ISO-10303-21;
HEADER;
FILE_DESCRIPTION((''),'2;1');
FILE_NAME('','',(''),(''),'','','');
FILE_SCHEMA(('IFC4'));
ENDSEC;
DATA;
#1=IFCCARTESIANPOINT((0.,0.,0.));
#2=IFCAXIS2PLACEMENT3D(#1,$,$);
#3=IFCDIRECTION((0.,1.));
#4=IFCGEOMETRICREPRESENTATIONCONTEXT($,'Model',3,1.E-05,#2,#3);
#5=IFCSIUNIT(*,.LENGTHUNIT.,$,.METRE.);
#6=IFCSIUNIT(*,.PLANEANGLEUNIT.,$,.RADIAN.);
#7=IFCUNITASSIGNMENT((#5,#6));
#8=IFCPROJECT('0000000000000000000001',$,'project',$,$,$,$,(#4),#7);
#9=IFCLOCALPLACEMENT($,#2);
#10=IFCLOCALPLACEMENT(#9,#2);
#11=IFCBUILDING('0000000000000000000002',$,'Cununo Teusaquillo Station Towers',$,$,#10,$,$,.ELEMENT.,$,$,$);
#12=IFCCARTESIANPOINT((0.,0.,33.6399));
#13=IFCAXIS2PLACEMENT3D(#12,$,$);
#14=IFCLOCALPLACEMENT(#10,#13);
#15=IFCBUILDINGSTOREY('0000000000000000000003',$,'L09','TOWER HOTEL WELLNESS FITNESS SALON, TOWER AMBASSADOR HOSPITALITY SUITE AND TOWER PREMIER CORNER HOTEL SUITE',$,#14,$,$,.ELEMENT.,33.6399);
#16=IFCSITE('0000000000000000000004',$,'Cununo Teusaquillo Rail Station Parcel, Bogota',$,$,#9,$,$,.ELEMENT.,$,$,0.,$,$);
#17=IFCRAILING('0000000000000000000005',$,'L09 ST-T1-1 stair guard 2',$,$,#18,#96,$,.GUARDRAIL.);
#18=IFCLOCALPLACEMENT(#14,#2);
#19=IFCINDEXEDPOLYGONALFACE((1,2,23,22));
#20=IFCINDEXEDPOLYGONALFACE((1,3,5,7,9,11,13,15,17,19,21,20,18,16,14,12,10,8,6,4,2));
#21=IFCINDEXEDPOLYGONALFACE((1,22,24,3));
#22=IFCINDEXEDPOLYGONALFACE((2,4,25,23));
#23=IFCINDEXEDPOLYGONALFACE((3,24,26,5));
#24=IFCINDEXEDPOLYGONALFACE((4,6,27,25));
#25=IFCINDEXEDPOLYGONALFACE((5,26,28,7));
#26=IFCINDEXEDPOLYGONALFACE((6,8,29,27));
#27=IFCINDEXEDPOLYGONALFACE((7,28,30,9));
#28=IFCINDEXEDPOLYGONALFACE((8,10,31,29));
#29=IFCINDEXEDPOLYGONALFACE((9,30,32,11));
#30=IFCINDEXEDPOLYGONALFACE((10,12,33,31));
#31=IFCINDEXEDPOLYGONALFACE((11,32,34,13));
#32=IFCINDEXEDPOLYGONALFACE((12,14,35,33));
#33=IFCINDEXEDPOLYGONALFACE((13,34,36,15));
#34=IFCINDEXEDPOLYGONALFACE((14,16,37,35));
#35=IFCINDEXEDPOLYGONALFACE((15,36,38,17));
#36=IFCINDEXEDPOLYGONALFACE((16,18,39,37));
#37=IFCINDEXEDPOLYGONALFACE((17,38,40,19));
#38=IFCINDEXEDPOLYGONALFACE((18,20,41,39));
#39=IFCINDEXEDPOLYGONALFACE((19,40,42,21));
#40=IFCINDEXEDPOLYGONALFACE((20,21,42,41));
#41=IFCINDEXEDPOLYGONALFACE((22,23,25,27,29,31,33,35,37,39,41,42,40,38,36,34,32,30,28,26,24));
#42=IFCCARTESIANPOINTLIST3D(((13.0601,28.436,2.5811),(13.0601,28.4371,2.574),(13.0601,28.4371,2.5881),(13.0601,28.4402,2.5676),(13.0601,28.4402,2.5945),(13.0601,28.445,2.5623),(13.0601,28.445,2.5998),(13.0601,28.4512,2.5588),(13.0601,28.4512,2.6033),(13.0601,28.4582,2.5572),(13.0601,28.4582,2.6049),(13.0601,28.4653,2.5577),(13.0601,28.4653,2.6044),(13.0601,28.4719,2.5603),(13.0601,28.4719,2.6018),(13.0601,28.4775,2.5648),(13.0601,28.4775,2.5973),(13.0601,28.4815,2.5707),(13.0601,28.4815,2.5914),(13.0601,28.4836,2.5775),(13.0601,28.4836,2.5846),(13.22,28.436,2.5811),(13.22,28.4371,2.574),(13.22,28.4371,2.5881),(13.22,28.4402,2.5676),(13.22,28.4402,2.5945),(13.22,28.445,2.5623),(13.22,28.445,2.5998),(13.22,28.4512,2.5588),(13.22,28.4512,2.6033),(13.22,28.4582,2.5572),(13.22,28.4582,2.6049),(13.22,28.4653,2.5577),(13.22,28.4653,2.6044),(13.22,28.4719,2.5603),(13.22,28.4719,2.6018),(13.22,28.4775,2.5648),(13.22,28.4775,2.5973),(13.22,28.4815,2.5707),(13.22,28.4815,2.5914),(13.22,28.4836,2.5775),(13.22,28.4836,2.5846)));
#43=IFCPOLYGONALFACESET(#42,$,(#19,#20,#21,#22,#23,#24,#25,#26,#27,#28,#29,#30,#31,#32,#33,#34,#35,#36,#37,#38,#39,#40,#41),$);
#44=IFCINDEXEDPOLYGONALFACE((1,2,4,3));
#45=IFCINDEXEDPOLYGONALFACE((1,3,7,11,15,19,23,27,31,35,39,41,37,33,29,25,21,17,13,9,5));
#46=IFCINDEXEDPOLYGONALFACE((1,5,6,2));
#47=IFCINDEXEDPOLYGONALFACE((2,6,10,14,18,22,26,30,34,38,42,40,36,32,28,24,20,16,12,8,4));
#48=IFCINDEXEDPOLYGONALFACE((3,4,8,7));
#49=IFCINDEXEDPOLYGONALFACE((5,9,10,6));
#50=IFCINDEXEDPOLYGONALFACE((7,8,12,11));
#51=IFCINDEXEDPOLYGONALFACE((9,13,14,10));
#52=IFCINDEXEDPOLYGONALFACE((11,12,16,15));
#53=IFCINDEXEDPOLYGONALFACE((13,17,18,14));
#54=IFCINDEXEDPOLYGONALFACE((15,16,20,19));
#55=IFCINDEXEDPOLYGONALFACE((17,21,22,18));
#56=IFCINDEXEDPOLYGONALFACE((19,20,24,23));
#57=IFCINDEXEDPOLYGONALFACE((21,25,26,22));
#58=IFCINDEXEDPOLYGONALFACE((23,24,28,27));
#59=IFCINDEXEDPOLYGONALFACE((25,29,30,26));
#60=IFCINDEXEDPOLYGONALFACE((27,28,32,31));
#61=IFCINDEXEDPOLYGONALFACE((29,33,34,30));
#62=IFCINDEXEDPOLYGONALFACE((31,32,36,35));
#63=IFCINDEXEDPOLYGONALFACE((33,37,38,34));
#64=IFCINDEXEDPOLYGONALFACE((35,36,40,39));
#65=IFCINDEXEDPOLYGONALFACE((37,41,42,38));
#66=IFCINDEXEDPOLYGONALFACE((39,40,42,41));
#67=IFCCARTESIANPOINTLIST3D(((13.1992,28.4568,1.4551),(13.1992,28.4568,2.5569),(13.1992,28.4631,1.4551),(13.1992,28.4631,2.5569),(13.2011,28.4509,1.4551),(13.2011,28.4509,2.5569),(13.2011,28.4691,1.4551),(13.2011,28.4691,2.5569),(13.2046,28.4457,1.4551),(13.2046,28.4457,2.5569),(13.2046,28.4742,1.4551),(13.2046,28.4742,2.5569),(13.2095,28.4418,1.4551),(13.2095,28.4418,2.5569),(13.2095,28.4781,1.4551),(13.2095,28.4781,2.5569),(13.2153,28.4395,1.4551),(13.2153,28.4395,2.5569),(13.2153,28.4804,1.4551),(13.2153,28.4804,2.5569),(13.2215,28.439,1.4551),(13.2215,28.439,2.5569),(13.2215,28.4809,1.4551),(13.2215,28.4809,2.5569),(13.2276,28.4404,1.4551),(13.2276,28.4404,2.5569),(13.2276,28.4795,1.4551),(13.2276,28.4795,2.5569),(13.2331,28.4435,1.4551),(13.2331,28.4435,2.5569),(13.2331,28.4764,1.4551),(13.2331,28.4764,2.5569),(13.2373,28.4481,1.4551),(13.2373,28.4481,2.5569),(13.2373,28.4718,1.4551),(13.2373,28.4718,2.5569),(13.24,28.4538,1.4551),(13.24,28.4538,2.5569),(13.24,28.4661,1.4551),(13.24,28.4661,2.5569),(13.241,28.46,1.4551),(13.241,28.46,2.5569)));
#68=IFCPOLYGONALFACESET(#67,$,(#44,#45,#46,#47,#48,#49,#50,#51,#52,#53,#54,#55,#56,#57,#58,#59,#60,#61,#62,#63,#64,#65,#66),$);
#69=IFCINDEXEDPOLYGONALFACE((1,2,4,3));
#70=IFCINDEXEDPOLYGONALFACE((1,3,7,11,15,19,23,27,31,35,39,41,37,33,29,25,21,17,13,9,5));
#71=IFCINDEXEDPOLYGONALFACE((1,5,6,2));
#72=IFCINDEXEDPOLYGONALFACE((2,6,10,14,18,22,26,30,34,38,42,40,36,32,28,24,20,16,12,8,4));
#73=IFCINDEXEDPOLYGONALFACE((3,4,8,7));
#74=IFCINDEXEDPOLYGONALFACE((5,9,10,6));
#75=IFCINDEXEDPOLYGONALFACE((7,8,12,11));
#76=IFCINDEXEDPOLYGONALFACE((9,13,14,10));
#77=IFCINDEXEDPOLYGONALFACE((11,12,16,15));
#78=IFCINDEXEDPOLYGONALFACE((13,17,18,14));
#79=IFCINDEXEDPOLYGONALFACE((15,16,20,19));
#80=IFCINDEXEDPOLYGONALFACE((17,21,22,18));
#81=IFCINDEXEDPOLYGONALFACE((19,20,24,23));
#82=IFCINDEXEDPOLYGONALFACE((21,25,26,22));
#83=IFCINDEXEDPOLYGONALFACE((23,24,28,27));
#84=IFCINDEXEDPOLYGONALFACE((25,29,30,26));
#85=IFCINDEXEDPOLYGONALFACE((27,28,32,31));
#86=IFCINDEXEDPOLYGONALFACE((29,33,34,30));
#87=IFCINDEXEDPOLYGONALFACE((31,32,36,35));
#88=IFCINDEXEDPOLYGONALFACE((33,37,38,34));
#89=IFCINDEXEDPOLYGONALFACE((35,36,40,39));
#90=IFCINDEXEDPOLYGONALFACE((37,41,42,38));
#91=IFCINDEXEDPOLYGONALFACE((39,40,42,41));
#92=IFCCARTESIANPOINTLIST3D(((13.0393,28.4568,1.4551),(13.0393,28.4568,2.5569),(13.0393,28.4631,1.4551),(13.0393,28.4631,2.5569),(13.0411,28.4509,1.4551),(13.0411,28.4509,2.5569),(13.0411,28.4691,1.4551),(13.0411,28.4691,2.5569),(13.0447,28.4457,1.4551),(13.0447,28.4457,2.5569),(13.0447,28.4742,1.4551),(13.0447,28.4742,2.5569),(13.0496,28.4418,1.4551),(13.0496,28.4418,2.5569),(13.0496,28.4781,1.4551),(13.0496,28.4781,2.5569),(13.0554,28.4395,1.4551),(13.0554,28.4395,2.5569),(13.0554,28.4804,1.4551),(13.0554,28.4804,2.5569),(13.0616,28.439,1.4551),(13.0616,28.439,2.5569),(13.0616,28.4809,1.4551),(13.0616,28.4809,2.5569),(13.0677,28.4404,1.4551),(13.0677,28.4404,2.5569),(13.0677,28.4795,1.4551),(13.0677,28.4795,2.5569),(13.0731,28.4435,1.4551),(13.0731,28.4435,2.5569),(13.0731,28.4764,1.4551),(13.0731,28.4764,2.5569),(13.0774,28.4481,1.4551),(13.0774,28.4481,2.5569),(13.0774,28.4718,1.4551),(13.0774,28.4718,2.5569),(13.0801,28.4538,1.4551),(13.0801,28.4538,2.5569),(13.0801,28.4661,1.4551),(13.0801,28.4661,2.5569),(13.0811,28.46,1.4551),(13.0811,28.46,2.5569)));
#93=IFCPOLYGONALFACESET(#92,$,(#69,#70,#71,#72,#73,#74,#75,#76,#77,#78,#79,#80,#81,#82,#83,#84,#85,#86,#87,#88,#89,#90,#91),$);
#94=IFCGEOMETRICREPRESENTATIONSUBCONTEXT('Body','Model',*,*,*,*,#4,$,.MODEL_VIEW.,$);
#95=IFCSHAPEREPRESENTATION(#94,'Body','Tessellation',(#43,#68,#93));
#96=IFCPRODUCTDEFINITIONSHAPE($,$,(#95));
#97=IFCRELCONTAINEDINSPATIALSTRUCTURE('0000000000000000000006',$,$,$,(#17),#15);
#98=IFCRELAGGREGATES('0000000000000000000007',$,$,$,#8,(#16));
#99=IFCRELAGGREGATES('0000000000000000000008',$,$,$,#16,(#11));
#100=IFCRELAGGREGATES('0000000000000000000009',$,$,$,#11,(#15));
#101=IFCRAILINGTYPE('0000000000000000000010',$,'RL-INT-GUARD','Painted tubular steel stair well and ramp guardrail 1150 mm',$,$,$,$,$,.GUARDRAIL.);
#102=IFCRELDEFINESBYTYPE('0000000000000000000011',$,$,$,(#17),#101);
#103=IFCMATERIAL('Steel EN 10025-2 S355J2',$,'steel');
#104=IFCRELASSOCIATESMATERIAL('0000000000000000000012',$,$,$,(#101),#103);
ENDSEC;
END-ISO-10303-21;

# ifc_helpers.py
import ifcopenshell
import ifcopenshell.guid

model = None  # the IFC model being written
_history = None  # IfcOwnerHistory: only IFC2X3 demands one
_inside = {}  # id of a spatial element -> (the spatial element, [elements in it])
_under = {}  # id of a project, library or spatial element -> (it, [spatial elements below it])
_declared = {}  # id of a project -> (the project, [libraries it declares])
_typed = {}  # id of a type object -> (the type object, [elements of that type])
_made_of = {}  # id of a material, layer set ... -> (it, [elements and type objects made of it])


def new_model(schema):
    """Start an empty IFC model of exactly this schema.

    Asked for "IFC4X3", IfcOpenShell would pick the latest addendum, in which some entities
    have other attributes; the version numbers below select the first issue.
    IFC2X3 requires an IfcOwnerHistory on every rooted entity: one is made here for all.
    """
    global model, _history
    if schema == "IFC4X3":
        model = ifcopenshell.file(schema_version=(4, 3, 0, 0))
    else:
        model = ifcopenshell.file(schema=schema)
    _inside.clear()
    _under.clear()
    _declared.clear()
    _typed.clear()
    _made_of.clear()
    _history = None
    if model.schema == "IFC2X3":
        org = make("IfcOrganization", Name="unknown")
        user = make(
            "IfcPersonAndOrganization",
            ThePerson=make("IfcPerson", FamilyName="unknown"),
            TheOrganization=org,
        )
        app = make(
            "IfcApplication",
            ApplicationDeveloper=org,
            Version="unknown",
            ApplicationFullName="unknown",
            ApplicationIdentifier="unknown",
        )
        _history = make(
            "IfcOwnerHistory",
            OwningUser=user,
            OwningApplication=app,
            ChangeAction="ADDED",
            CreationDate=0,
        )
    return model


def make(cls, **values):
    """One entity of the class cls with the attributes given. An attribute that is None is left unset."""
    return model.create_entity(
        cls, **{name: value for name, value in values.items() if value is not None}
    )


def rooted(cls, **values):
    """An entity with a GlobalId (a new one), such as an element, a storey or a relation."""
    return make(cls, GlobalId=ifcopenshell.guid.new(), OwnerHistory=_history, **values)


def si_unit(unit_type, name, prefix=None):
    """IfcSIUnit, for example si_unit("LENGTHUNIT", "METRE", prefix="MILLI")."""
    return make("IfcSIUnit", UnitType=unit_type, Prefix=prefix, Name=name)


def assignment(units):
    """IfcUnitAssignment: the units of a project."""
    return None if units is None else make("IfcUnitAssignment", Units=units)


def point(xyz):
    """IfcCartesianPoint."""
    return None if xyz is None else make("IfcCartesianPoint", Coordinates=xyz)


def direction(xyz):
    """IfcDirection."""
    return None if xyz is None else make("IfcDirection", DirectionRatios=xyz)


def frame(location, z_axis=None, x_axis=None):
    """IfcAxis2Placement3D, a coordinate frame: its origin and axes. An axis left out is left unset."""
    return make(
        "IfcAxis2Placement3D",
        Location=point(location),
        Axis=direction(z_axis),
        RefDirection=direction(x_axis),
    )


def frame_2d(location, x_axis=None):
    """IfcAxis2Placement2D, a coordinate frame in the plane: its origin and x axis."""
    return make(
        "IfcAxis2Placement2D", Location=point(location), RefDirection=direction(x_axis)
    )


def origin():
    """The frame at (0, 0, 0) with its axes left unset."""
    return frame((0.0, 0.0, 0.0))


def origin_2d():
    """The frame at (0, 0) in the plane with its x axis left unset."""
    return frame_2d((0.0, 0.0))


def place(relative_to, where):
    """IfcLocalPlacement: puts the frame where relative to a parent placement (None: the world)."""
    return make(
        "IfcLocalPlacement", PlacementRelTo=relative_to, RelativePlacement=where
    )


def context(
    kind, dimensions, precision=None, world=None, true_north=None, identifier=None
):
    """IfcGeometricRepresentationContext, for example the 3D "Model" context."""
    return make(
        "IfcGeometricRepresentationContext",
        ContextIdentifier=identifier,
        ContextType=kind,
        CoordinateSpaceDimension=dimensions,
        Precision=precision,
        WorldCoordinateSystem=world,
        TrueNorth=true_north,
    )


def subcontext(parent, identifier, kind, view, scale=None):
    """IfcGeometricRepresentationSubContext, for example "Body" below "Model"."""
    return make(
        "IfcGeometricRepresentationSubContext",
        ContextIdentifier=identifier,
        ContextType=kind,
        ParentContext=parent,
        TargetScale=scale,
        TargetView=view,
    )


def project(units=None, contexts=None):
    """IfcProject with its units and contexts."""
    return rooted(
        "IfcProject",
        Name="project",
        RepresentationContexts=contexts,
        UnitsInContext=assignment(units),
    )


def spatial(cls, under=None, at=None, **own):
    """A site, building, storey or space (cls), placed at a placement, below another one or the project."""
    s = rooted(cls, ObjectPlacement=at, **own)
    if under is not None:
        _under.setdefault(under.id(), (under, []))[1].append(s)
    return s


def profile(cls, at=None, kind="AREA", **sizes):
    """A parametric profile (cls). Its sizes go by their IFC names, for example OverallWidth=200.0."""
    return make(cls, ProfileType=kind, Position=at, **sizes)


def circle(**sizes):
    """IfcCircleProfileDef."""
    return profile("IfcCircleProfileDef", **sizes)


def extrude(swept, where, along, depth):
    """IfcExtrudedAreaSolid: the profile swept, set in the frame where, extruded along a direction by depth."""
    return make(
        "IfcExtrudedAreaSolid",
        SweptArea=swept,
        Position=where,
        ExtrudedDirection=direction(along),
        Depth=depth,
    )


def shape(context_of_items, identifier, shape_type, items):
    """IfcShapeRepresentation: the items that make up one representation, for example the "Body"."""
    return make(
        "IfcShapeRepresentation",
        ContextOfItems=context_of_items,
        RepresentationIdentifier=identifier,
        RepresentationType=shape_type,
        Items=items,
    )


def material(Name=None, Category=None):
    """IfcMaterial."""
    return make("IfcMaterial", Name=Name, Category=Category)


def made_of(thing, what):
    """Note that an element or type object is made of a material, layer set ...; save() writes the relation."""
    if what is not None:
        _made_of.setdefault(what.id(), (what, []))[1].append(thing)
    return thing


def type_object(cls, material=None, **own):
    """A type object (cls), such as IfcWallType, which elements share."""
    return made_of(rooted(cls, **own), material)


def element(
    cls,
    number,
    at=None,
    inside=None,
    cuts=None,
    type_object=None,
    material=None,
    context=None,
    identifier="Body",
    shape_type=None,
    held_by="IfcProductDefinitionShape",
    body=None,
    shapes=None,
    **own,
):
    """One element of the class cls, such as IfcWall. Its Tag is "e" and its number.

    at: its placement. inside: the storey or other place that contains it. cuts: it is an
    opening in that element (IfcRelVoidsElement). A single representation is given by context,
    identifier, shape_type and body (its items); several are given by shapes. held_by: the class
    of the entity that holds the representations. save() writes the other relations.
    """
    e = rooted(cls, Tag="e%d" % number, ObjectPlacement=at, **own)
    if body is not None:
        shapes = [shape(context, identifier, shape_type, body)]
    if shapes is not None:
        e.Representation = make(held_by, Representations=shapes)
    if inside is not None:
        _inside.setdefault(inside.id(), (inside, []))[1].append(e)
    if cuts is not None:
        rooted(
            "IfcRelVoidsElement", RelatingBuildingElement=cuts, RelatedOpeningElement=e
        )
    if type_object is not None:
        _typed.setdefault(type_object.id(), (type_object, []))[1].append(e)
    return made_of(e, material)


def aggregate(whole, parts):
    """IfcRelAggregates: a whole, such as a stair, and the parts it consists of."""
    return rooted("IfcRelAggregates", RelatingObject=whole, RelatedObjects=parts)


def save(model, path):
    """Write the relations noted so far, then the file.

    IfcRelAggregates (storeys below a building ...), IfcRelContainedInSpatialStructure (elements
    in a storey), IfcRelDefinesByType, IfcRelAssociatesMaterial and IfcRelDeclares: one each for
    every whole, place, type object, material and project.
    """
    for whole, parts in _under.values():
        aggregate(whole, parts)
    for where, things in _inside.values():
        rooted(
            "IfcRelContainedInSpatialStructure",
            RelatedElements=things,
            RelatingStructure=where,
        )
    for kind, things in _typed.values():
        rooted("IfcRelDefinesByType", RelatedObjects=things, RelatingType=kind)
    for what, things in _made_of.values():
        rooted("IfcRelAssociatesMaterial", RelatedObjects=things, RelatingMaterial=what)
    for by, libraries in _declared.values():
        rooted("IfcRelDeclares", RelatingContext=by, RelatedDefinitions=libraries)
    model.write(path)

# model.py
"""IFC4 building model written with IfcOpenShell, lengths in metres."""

from ifc_helpers import new_model, si_unit, direction, frame, origin, origin_2d, place, context, subcontext, project, spatial, circle, extrude, material, type_object, element, save


model = new_model("IFC4")

# Units and contexts
model_context = context("Model", 3, precision=1e-05, world=origin(), true_north=direction((0.0, 1.0)))
body_context = subcontext(model_context, "Body", "Model", "MODEL_VIEW")
ifc_project = project(units=[si_unit("LENGTHUNIT", "METRE"), si_unit("PLANEANGLEUNIT", "RADIAN")], contexts=[model_context])

# Site, building, storey
site_placement = place(None, origin())
site = spatial("IfcSite", under=ifc_project, at=site_placement, Name="Cununo Teusaquillo Rail Station Parcel, Bogota", CompositionType="ELEMENT", RefElevation=0.0)
building_placement = place(site_placement, origin())
building = spatial("IfcBuilding", under=site, at=building_placement, Name="Cununo Teusaquillo Station Towers", CompositionType="ELEMENT")
storey_placement = place(building_placement, frame((0.0, 0.0, 33.6399)))
storey = spatial("IfcBuildingStorey", under=building, at=storey_placement, Name="L09", Description="TOWER HOTEL WELLNESS FITNESS SALON, TOWER AMBASSADOR HOSPITALITY SUITE AND TOWER PREMIER CORNER HOTEL SUITE", CompositionType="ELEMENT", Elevation=33.6399)

# Railing
ifc_material_1 = material(Name="Steel EN 10025-2 S355J2", Category="steel")
railing_type_1 = type_object("IfcRailingType", Name="RL-INT-GUARD", Description="Painted tubular steel stair well and ramp guardrail 1150 mm", PredefinedType="GUARDRAIL", material=ifc_material_1)
railing_1_placement = place(storey_placement, frame((13.22, 28.46, 1.4551)))
element("IfcRailing", 1, at=railing_1_placement, inside=storey, type_object=railing_type_1, Name="L09 ST-T1-1 stair guard 2", PredefinedType="GUARDRAIL", context=body_context, shape_type="SweptSolid", body=[
    extrude(circle(Radius=0.0239, at=origin_2d()), frame((0.0, 0.0, 1.126), z_axis=(-1.0, 0.0, 0.0), x_axis=(0.0, -1.0, 0.0)), (0.0, 0.0, 1.0), 0.1599),
    extrude(circle(Radius=0.021, at=origin_2d()), origin(), (0.0, 0.0, 1.0), 1.1018),
    extrude(circle(Radius=0.021, at=origin_2d()), frame((-0.1599, 0.0, 0.0)), (0.0, 0.0, 1.0), 1.1018),
])

save(model, "model.ifc")
